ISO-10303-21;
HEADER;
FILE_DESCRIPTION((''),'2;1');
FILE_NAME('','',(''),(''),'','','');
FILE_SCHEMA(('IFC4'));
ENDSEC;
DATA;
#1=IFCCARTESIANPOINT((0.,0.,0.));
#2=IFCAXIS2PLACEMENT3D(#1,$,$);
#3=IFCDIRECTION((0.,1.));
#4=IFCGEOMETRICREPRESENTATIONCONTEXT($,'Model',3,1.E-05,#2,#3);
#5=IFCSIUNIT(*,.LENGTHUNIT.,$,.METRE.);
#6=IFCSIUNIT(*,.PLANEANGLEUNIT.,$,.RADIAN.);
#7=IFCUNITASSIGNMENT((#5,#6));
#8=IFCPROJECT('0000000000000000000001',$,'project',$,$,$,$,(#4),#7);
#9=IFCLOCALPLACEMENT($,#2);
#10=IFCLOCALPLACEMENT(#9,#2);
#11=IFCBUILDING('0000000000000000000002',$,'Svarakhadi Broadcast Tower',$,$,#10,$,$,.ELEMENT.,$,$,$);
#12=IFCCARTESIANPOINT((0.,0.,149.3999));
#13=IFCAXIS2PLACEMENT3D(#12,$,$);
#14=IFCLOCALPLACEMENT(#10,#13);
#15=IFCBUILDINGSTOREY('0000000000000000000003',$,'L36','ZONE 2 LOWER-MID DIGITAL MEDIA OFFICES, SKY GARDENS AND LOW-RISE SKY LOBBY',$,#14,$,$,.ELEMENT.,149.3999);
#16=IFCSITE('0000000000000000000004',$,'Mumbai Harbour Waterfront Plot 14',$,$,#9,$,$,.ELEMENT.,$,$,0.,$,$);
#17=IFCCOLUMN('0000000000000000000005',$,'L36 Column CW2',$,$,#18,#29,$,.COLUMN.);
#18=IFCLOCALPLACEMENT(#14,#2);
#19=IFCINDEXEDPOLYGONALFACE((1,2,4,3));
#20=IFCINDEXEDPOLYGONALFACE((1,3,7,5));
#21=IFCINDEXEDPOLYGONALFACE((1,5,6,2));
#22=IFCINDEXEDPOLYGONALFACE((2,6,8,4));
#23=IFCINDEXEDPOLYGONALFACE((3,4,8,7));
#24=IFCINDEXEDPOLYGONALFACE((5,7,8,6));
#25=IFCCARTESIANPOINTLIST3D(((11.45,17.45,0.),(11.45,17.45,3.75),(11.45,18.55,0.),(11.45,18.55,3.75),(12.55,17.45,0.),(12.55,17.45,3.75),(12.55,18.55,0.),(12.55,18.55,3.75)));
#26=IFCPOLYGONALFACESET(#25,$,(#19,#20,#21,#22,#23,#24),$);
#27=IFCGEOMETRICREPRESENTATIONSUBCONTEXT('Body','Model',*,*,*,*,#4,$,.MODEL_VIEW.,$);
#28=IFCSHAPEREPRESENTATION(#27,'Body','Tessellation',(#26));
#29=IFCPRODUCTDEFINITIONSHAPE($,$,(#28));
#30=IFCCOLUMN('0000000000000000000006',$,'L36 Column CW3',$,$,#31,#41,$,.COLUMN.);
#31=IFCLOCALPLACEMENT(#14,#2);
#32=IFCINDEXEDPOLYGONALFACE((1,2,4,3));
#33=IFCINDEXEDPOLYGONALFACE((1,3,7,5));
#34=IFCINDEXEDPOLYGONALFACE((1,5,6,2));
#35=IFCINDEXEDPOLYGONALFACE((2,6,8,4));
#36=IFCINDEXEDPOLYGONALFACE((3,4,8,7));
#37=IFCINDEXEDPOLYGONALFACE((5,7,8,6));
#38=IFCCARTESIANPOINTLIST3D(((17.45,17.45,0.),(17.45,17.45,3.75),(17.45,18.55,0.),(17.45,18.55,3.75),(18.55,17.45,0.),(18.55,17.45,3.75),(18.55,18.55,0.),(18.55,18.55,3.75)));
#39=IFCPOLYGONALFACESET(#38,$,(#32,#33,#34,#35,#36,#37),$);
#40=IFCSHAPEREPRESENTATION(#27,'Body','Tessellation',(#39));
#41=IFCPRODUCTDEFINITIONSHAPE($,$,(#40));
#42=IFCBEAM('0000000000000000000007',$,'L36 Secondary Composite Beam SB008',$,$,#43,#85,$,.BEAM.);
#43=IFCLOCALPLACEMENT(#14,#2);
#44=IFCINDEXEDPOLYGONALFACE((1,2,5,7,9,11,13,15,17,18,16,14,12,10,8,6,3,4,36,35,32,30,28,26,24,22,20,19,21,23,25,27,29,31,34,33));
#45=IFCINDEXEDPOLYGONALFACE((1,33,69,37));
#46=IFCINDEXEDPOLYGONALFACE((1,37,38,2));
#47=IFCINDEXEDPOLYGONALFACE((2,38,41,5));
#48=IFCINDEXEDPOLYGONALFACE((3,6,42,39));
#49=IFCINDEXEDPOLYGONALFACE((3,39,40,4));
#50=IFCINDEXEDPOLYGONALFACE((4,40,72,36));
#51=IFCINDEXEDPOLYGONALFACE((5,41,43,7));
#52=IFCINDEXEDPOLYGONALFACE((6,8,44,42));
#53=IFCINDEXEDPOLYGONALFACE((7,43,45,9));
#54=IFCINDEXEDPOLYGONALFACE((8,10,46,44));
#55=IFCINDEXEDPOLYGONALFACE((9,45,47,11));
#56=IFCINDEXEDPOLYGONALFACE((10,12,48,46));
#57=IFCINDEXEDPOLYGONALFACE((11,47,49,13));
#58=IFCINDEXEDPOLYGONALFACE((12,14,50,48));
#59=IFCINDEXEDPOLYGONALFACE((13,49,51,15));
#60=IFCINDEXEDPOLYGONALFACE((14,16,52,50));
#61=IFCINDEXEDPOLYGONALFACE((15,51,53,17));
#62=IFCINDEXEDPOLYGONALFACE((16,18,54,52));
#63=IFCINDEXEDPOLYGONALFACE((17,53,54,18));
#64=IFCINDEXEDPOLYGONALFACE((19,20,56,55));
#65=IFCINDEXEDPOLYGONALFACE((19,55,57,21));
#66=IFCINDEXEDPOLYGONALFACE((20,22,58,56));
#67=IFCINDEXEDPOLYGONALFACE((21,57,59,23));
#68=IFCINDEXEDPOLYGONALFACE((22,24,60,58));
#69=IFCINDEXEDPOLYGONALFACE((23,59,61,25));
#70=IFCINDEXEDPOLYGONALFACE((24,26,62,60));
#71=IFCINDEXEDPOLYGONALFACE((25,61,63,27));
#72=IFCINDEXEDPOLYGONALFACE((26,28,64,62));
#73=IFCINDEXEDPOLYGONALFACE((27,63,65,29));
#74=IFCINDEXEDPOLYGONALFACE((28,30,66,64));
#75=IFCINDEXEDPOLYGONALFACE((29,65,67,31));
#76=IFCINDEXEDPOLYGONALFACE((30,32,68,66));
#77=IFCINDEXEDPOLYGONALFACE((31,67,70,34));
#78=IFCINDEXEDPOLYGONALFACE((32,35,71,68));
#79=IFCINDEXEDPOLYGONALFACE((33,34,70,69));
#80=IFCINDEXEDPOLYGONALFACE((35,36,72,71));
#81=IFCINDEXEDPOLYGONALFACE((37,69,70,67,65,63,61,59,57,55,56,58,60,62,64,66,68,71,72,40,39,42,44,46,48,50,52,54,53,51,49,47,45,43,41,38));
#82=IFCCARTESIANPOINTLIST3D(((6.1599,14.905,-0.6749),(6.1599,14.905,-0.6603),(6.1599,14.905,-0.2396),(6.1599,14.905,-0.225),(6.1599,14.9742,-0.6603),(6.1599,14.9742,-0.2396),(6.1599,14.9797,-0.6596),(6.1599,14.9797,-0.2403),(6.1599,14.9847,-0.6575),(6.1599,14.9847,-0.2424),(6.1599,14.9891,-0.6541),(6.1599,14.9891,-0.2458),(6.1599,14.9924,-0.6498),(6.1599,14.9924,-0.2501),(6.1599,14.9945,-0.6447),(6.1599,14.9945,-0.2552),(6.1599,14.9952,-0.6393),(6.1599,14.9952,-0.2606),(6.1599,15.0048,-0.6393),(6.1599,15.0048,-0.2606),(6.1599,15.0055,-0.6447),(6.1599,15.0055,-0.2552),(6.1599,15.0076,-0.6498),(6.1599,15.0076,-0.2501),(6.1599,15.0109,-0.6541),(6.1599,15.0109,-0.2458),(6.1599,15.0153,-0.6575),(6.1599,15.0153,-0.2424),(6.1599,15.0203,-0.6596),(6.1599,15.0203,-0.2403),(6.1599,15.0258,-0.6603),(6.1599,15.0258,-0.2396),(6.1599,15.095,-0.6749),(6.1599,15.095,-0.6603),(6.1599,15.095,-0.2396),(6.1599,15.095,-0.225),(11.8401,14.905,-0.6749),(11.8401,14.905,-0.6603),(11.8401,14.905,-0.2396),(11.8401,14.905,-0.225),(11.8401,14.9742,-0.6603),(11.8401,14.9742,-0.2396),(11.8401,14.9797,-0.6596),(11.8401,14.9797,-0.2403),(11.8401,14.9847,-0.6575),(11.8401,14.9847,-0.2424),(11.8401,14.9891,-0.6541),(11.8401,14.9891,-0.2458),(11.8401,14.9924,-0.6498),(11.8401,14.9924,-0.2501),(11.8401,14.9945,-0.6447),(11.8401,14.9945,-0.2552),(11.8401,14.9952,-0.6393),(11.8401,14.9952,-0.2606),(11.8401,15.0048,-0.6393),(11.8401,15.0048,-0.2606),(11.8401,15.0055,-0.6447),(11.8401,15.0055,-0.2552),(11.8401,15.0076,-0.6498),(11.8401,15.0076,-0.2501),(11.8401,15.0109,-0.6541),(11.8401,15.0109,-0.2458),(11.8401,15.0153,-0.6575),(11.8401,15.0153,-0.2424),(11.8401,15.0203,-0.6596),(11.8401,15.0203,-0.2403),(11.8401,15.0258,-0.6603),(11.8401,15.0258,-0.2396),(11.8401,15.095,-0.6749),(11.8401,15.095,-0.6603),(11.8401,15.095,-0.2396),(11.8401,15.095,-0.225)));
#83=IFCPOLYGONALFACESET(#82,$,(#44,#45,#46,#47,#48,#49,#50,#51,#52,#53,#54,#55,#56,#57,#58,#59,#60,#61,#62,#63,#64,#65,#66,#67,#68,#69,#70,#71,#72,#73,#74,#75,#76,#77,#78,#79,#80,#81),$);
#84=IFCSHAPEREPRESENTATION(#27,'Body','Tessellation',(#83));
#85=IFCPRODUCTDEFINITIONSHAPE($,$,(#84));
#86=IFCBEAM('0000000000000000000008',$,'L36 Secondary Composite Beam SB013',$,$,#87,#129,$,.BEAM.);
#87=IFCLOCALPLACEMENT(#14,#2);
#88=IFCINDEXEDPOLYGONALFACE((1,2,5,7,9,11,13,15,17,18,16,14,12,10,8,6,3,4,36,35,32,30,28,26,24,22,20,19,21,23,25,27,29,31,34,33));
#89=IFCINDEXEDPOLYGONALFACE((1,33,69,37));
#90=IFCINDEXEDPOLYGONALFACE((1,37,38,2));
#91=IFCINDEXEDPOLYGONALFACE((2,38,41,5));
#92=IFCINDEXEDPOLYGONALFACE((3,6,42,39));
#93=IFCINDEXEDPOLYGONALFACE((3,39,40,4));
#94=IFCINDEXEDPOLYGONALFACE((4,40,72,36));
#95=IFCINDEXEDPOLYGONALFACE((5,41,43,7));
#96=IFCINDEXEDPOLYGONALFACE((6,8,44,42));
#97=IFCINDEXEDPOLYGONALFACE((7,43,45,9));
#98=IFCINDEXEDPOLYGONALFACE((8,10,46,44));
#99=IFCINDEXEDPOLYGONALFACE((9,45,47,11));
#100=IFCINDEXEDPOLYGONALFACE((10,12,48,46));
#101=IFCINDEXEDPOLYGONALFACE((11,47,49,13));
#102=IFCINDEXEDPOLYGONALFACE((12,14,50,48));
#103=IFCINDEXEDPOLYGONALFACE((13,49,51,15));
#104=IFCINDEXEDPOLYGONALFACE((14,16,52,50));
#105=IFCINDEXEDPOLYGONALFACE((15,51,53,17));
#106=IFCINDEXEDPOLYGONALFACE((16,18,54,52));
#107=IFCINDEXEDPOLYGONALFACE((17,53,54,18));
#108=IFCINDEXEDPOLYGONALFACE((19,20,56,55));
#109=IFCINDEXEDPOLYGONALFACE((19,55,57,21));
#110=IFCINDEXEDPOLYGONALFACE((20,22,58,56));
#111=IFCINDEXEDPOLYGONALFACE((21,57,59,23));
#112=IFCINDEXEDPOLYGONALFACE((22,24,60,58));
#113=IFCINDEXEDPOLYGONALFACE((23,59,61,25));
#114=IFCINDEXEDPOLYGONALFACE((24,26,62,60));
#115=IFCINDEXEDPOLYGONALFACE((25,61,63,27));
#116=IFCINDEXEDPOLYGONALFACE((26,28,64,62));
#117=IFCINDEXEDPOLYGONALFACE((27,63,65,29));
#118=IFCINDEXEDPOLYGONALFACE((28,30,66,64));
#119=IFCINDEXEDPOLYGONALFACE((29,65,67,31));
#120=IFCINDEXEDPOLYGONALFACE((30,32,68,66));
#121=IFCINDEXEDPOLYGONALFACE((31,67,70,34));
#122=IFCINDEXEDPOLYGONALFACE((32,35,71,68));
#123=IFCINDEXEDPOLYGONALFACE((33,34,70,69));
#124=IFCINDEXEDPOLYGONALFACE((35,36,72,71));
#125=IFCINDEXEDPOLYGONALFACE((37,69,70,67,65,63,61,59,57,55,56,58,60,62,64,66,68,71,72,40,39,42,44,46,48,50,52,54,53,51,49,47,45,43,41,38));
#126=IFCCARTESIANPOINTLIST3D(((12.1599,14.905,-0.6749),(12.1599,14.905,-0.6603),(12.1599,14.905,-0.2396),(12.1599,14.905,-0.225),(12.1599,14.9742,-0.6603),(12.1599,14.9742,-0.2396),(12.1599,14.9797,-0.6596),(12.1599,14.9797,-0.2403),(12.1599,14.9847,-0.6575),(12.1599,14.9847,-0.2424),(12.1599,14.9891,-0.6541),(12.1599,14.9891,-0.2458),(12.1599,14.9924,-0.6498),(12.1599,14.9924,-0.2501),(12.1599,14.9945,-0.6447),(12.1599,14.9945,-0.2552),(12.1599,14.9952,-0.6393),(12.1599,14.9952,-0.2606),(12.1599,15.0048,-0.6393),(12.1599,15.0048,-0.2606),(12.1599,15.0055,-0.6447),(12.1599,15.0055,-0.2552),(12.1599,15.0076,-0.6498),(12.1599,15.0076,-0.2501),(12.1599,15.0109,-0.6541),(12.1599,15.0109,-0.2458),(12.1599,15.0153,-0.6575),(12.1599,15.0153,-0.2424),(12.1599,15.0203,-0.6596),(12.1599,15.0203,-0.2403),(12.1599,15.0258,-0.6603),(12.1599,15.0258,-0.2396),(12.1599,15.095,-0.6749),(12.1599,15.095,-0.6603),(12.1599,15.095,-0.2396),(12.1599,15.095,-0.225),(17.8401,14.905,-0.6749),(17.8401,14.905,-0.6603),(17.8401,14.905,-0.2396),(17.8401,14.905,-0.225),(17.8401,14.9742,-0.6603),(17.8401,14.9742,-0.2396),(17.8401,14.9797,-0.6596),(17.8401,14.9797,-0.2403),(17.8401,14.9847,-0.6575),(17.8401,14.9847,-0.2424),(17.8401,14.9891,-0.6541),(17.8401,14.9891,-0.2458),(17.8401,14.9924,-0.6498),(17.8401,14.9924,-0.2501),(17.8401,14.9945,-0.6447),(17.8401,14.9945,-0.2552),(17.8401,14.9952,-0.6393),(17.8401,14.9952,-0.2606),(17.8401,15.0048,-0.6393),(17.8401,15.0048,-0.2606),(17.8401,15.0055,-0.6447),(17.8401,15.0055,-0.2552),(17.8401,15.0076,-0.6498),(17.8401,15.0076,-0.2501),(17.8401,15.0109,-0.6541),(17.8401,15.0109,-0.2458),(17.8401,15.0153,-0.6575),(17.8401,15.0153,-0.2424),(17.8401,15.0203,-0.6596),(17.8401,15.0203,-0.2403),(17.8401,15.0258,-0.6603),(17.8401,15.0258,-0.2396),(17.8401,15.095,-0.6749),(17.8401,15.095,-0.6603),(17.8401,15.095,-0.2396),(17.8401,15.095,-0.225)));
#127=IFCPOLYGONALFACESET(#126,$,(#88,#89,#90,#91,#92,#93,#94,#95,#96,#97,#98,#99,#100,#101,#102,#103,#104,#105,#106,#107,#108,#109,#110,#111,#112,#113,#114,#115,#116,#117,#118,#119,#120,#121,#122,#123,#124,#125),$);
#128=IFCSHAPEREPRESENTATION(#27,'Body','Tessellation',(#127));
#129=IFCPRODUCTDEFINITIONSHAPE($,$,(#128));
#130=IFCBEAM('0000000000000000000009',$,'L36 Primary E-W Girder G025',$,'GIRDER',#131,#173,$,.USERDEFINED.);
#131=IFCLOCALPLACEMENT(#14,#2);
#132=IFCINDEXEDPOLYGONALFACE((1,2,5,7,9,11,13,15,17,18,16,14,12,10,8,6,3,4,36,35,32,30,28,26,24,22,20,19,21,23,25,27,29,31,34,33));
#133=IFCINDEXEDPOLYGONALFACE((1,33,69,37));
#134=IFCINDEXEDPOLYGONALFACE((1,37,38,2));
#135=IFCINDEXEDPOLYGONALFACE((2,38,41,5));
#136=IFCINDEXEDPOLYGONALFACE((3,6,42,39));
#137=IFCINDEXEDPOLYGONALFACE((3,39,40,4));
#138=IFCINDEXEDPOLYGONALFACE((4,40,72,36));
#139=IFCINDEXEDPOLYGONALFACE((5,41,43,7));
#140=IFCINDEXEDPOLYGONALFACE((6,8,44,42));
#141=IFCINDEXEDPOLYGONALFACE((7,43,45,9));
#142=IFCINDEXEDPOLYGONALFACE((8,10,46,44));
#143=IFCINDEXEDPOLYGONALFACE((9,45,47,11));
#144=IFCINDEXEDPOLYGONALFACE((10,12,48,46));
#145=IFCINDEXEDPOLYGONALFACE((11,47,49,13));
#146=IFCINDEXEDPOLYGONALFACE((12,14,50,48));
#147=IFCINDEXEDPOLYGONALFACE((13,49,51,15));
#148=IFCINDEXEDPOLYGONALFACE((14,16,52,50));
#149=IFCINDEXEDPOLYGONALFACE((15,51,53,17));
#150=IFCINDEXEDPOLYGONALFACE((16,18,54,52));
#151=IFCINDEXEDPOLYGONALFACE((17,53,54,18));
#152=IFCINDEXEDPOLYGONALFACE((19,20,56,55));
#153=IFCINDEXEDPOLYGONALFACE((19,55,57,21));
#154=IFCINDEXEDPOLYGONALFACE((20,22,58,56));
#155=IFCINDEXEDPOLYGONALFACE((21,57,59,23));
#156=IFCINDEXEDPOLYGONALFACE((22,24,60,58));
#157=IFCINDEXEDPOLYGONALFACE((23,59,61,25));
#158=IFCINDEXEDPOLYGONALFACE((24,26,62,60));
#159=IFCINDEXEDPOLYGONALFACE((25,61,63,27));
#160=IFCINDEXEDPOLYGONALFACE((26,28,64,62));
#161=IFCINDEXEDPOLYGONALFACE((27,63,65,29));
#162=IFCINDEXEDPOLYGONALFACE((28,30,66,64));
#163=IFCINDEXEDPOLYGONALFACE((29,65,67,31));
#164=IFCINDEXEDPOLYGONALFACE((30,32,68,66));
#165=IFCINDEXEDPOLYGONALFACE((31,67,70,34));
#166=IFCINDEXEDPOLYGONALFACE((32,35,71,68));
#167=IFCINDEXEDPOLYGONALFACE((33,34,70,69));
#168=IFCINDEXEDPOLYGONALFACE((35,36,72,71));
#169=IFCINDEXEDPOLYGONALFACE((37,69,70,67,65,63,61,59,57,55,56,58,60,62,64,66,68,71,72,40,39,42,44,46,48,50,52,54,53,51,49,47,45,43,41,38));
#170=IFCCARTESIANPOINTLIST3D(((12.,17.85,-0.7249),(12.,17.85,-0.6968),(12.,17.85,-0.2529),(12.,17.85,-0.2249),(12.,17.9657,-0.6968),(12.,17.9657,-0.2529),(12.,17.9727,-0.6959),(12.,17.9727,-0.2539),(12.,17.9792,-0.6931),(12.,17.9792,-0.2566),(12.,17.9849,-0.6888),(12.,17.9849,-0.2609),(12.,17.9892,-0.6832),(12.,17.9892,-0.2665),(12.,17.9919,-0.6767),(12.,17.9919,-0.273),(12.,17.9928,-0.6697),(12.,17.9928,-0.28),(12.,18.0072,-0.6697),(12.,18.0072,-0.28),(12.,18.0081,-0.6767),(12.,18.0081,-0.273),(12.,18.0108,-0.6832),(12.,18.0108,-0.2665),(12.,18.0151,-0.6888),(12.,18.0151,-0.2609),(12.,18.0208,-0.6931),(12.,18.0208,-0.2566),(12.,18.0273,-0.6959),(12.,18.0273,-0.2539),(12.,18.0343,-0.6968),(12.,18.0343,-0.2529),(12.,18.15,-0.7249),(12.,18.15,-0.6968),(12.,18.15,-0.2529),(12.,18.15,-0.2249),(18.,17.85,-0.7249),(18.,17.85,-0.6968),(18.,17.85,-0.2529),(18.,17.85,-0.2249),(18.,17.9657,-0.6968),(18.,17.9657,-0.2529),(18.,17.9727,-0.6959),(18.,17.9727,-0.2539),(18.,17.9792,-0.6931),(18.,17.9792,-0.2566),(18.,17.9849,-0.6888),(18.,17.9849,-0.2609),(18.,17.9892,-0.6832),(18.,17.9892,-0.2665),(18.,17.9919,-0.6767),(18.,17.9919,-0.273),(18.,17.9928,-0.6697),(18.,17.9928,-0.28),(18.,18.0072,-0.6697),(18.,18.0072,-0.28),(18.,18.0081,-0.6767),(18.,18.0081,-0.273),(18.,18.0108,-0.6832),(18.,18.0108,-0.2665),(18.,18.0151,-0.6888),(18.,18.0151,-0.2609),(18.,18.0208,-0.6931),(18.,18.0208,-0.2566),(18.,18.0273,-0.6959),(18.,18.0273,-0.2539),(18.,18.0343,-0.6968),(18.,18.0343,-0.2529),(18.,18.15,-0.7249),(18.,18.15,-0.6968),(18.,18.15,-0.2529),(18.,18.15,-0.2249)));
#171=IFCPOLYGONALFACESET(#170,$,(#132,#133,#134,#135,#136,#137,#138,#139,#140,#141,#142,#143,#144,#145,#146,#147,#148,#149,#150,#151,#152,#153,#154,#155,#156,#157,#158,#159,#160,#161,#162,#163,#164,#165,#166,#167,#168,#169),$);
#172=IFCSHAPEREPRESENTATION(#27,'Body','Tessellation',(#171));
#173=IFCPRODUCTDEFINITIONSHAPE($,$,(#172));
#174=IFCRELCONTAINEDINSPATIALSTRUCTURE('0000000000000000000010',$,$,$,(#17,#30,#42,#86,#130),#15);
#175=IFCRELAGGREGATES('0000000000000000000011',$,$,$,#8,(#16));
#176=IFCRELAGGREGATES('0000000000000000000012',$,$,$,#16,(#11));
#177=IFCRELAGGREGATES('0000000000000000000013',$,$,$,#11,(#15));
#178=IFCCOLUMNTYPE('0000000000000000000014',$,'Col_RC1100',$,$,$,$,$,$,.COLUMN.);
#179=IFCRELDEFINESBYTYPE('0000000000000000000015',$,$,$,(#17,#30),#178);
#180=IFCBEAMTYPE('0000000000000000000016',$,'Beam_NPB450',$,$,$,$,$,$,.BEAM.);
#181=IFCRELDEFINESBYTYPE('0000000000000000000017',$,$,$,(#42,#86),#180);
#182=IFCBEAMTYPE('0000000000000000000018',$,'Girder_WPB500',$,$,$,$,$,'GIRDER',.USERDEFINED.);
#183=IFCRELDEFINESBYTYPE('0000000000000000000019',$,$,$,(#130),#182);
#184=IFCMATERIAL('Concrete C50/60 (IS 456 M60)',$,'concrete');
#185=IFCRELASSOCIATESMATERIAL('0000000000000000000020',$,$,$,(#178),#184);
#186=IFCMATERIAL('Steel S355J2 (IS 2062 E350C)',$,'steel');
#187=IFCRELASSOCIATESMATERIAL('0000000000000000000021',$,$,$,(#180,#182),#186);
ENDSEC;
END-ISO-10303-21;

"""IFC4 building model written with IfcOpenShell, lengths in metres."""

from ifc_helpers import new_model, si_unit, direction, frame, origin, origin_2d, place, context, subcontext, project, spatial, rectangle, i_section, extrude, material, material_profile, profile_set, type_object, element, save


model = new_model("IFC4")

# Units and contexts
model_context = context("Model", 3, precision=1e-05, world=origin(), true_north=direction((0.0, 1.0)))
body_context = subcontext(model_context, "Body", "Model", "MODEL_VIEW")
ifc_project = project(units=[si_unit("LENGTHUNIT", "METRE"), si_unit("PLANEANGLEUNIT", "RADIAN")], contexts=[model_context])

# Site, building, storey
site_placement = place(None, origin())
site = spatial("IfcSite", under=ifc_project, at=site_placement, Name="Mumbai Harbour Waterfront Plot 14", CompositionType="ELEMENT", RefElevation=0.0)
building_placement = place(site_placement, origin())
building = spatial("IfcBuilding", under=site, at=building_placement, Name="Svarakhadi Broadcast Tower", CompositionType="ELEMENT")
storey_placement = place(building_placement, frame((0.0, 0.0, 149.3999)))
storey = spatial("IfcBuildingStorey", under=building, at=storey_placement, Name="L36", Description="ZONE 2 LOWER-MID DIGITAL MEDIA OFFICES, SKY GARDENS AND LOW-RISE SKY LOBBY", CompositionType="ELEMENT", Elevation=149.3999)

# Columns
ifc_material_1 = material(Name="Concrete C50/60 (IS 456 M60)", Category="concrete")
ifc_material_profile_1 = material_profile(ifc_material_1, rectangle(XDim=1.1001, YDim=1.1001, at=origin_2d()), Name="RC 1100x1100")
ifc_profile_set_1 = profile_set([ifc_material_profile_1], Name="Concrete C50/60 (IS 456 M60)")
column_type = type_object("IfcColumnType", Name="Col_RC1100", PredefinedType="COLUMN", material=ifc_profile_set_1)
for number, where, z_axis, x_axis, name in (
    (1, (12.0, 18.0, 0.0), (0.0, 0.0, 1.0), (1.0, 0.0, 0.0), "L36 Column CW2"),
    (2, (18.0, 18.0, 0.0), (0.0, 0.0, 1.0), (1.0, 0.0, 0.0), "L36 Column CW3"),
):
    element("IfcColumn", number, at=place(storey_placement, frame(where, z_axis=z_axis, x_axis=x_axis)), inside=storey, type_object=column_type, Name=name, PredefinedType="COLUMN", context=body_context, shape_type="SweptSolid", body=[
        extrude(rectangle(XDim=1.1001, YDim=1.1001, at=origin_2d()), origin(), (0.0, 0.0, 1.0), 3.75),
    ])

# Beams
ifc_material_2 = material(Name="Steel S355J2 (IS 2062 E350C)", Category="steel")
ifc_material_profile_2 = material_profile(ifc_material_2, i_section(OverallWidth=0.1899, OverallDepth=0.45, WebThickness=0.0095, FlangeThickness=0.0146, FilletRadius=0.021, at=origin_2d()), Name="NPB 450x190x78")
ifc_profile_set_2 = profile_set([ifc_material_profile_2], Name="Steel S355J2 (IS 2062 E350C)")
beam_type_1 = type_object("IfcBeamType", Name="Beam_NPB450", PredefinedType="BEAM", material=ifc_profile_set_2)
for number, where, z_axis, x_axis, name in (
    (3, (6.1599, 15.0, -0.45), (1.0, 0.0, 0.0), (0.0, 1.0, 0.0), "L36 Secondary Composite Beam SB008"),
    (4, (12.1599, 15.0, -0.45), (1.0, 0.0, 0.0), (0.0, 1.0, 0.0), "L36 Secondary Composite Beam SB013"),
):
    element("IfcBeam", number, at=place(storey_placement, frame(where, z_axis=z_axis, x_axis=x_axis)), inside=storey, type_object=beam_type_1, Name=name, PredefinedType="BEAM", context=body_context, shape_type="SweptSolid", body=[
        extrude(i_section(OverallWidth=0.1899, OverallDepth=0.45, WebThickness=0.0095, FlangeThickness=0.0146, FilletRadius=0.021, at=origin_2d()), origin(), (0.0, 0.0, 1.0), 5.6802),
    ])
ifc_material_profile_3 = material_profile(ifc_material_2, i_section(OverallWidth=0.3, OverallDepth=0.5, WebThickness=0.0144, FlangeThickness=0.0281, FilletRadius=0.0271, at=origin_2d()), Name="WPB 500x300x187")
ifc_profile_set_3 = profile_set([ifc_material_profile_3], Name="Steel S355J2 (IS 2062 E350C)")
beam_type_2 = type_object("IfcBeamType", Name="Girder_WPB500", ElementType="GIRDER", PredefinedType="USERDEFINED", material=ifc_profile_set_3)
for number, where, z_axis, x_axis, name in (
    (5, (12.0, 18.0, -0.4749), (1.0, 0.0, 0.0), (0.0, 1.0, 0.0), "L36 Primary E-W Girder G025"),
):
    element("IfcBeam", number, at=place(storey_placement, frame(where, z_axis=z_axis, x_axis=x_axis)), inside=storey, type_object=beam_type_2, Name=name, ObjectType="GIRDER", PredefinedType="USERDEFINED", context=body_context, shape_type="SweptSolid", body=[
        extrude(i_section(OverallWidth=0.3, OverallDepth=0.5, WebThickness=0.0144, FlangeThickness=0.0281, FilletRadius=0.0271, at=origin_2d()), origin(), (0.0, 0.0, 1.0), 6.0),
    ])

save(model, "model.ifc")
